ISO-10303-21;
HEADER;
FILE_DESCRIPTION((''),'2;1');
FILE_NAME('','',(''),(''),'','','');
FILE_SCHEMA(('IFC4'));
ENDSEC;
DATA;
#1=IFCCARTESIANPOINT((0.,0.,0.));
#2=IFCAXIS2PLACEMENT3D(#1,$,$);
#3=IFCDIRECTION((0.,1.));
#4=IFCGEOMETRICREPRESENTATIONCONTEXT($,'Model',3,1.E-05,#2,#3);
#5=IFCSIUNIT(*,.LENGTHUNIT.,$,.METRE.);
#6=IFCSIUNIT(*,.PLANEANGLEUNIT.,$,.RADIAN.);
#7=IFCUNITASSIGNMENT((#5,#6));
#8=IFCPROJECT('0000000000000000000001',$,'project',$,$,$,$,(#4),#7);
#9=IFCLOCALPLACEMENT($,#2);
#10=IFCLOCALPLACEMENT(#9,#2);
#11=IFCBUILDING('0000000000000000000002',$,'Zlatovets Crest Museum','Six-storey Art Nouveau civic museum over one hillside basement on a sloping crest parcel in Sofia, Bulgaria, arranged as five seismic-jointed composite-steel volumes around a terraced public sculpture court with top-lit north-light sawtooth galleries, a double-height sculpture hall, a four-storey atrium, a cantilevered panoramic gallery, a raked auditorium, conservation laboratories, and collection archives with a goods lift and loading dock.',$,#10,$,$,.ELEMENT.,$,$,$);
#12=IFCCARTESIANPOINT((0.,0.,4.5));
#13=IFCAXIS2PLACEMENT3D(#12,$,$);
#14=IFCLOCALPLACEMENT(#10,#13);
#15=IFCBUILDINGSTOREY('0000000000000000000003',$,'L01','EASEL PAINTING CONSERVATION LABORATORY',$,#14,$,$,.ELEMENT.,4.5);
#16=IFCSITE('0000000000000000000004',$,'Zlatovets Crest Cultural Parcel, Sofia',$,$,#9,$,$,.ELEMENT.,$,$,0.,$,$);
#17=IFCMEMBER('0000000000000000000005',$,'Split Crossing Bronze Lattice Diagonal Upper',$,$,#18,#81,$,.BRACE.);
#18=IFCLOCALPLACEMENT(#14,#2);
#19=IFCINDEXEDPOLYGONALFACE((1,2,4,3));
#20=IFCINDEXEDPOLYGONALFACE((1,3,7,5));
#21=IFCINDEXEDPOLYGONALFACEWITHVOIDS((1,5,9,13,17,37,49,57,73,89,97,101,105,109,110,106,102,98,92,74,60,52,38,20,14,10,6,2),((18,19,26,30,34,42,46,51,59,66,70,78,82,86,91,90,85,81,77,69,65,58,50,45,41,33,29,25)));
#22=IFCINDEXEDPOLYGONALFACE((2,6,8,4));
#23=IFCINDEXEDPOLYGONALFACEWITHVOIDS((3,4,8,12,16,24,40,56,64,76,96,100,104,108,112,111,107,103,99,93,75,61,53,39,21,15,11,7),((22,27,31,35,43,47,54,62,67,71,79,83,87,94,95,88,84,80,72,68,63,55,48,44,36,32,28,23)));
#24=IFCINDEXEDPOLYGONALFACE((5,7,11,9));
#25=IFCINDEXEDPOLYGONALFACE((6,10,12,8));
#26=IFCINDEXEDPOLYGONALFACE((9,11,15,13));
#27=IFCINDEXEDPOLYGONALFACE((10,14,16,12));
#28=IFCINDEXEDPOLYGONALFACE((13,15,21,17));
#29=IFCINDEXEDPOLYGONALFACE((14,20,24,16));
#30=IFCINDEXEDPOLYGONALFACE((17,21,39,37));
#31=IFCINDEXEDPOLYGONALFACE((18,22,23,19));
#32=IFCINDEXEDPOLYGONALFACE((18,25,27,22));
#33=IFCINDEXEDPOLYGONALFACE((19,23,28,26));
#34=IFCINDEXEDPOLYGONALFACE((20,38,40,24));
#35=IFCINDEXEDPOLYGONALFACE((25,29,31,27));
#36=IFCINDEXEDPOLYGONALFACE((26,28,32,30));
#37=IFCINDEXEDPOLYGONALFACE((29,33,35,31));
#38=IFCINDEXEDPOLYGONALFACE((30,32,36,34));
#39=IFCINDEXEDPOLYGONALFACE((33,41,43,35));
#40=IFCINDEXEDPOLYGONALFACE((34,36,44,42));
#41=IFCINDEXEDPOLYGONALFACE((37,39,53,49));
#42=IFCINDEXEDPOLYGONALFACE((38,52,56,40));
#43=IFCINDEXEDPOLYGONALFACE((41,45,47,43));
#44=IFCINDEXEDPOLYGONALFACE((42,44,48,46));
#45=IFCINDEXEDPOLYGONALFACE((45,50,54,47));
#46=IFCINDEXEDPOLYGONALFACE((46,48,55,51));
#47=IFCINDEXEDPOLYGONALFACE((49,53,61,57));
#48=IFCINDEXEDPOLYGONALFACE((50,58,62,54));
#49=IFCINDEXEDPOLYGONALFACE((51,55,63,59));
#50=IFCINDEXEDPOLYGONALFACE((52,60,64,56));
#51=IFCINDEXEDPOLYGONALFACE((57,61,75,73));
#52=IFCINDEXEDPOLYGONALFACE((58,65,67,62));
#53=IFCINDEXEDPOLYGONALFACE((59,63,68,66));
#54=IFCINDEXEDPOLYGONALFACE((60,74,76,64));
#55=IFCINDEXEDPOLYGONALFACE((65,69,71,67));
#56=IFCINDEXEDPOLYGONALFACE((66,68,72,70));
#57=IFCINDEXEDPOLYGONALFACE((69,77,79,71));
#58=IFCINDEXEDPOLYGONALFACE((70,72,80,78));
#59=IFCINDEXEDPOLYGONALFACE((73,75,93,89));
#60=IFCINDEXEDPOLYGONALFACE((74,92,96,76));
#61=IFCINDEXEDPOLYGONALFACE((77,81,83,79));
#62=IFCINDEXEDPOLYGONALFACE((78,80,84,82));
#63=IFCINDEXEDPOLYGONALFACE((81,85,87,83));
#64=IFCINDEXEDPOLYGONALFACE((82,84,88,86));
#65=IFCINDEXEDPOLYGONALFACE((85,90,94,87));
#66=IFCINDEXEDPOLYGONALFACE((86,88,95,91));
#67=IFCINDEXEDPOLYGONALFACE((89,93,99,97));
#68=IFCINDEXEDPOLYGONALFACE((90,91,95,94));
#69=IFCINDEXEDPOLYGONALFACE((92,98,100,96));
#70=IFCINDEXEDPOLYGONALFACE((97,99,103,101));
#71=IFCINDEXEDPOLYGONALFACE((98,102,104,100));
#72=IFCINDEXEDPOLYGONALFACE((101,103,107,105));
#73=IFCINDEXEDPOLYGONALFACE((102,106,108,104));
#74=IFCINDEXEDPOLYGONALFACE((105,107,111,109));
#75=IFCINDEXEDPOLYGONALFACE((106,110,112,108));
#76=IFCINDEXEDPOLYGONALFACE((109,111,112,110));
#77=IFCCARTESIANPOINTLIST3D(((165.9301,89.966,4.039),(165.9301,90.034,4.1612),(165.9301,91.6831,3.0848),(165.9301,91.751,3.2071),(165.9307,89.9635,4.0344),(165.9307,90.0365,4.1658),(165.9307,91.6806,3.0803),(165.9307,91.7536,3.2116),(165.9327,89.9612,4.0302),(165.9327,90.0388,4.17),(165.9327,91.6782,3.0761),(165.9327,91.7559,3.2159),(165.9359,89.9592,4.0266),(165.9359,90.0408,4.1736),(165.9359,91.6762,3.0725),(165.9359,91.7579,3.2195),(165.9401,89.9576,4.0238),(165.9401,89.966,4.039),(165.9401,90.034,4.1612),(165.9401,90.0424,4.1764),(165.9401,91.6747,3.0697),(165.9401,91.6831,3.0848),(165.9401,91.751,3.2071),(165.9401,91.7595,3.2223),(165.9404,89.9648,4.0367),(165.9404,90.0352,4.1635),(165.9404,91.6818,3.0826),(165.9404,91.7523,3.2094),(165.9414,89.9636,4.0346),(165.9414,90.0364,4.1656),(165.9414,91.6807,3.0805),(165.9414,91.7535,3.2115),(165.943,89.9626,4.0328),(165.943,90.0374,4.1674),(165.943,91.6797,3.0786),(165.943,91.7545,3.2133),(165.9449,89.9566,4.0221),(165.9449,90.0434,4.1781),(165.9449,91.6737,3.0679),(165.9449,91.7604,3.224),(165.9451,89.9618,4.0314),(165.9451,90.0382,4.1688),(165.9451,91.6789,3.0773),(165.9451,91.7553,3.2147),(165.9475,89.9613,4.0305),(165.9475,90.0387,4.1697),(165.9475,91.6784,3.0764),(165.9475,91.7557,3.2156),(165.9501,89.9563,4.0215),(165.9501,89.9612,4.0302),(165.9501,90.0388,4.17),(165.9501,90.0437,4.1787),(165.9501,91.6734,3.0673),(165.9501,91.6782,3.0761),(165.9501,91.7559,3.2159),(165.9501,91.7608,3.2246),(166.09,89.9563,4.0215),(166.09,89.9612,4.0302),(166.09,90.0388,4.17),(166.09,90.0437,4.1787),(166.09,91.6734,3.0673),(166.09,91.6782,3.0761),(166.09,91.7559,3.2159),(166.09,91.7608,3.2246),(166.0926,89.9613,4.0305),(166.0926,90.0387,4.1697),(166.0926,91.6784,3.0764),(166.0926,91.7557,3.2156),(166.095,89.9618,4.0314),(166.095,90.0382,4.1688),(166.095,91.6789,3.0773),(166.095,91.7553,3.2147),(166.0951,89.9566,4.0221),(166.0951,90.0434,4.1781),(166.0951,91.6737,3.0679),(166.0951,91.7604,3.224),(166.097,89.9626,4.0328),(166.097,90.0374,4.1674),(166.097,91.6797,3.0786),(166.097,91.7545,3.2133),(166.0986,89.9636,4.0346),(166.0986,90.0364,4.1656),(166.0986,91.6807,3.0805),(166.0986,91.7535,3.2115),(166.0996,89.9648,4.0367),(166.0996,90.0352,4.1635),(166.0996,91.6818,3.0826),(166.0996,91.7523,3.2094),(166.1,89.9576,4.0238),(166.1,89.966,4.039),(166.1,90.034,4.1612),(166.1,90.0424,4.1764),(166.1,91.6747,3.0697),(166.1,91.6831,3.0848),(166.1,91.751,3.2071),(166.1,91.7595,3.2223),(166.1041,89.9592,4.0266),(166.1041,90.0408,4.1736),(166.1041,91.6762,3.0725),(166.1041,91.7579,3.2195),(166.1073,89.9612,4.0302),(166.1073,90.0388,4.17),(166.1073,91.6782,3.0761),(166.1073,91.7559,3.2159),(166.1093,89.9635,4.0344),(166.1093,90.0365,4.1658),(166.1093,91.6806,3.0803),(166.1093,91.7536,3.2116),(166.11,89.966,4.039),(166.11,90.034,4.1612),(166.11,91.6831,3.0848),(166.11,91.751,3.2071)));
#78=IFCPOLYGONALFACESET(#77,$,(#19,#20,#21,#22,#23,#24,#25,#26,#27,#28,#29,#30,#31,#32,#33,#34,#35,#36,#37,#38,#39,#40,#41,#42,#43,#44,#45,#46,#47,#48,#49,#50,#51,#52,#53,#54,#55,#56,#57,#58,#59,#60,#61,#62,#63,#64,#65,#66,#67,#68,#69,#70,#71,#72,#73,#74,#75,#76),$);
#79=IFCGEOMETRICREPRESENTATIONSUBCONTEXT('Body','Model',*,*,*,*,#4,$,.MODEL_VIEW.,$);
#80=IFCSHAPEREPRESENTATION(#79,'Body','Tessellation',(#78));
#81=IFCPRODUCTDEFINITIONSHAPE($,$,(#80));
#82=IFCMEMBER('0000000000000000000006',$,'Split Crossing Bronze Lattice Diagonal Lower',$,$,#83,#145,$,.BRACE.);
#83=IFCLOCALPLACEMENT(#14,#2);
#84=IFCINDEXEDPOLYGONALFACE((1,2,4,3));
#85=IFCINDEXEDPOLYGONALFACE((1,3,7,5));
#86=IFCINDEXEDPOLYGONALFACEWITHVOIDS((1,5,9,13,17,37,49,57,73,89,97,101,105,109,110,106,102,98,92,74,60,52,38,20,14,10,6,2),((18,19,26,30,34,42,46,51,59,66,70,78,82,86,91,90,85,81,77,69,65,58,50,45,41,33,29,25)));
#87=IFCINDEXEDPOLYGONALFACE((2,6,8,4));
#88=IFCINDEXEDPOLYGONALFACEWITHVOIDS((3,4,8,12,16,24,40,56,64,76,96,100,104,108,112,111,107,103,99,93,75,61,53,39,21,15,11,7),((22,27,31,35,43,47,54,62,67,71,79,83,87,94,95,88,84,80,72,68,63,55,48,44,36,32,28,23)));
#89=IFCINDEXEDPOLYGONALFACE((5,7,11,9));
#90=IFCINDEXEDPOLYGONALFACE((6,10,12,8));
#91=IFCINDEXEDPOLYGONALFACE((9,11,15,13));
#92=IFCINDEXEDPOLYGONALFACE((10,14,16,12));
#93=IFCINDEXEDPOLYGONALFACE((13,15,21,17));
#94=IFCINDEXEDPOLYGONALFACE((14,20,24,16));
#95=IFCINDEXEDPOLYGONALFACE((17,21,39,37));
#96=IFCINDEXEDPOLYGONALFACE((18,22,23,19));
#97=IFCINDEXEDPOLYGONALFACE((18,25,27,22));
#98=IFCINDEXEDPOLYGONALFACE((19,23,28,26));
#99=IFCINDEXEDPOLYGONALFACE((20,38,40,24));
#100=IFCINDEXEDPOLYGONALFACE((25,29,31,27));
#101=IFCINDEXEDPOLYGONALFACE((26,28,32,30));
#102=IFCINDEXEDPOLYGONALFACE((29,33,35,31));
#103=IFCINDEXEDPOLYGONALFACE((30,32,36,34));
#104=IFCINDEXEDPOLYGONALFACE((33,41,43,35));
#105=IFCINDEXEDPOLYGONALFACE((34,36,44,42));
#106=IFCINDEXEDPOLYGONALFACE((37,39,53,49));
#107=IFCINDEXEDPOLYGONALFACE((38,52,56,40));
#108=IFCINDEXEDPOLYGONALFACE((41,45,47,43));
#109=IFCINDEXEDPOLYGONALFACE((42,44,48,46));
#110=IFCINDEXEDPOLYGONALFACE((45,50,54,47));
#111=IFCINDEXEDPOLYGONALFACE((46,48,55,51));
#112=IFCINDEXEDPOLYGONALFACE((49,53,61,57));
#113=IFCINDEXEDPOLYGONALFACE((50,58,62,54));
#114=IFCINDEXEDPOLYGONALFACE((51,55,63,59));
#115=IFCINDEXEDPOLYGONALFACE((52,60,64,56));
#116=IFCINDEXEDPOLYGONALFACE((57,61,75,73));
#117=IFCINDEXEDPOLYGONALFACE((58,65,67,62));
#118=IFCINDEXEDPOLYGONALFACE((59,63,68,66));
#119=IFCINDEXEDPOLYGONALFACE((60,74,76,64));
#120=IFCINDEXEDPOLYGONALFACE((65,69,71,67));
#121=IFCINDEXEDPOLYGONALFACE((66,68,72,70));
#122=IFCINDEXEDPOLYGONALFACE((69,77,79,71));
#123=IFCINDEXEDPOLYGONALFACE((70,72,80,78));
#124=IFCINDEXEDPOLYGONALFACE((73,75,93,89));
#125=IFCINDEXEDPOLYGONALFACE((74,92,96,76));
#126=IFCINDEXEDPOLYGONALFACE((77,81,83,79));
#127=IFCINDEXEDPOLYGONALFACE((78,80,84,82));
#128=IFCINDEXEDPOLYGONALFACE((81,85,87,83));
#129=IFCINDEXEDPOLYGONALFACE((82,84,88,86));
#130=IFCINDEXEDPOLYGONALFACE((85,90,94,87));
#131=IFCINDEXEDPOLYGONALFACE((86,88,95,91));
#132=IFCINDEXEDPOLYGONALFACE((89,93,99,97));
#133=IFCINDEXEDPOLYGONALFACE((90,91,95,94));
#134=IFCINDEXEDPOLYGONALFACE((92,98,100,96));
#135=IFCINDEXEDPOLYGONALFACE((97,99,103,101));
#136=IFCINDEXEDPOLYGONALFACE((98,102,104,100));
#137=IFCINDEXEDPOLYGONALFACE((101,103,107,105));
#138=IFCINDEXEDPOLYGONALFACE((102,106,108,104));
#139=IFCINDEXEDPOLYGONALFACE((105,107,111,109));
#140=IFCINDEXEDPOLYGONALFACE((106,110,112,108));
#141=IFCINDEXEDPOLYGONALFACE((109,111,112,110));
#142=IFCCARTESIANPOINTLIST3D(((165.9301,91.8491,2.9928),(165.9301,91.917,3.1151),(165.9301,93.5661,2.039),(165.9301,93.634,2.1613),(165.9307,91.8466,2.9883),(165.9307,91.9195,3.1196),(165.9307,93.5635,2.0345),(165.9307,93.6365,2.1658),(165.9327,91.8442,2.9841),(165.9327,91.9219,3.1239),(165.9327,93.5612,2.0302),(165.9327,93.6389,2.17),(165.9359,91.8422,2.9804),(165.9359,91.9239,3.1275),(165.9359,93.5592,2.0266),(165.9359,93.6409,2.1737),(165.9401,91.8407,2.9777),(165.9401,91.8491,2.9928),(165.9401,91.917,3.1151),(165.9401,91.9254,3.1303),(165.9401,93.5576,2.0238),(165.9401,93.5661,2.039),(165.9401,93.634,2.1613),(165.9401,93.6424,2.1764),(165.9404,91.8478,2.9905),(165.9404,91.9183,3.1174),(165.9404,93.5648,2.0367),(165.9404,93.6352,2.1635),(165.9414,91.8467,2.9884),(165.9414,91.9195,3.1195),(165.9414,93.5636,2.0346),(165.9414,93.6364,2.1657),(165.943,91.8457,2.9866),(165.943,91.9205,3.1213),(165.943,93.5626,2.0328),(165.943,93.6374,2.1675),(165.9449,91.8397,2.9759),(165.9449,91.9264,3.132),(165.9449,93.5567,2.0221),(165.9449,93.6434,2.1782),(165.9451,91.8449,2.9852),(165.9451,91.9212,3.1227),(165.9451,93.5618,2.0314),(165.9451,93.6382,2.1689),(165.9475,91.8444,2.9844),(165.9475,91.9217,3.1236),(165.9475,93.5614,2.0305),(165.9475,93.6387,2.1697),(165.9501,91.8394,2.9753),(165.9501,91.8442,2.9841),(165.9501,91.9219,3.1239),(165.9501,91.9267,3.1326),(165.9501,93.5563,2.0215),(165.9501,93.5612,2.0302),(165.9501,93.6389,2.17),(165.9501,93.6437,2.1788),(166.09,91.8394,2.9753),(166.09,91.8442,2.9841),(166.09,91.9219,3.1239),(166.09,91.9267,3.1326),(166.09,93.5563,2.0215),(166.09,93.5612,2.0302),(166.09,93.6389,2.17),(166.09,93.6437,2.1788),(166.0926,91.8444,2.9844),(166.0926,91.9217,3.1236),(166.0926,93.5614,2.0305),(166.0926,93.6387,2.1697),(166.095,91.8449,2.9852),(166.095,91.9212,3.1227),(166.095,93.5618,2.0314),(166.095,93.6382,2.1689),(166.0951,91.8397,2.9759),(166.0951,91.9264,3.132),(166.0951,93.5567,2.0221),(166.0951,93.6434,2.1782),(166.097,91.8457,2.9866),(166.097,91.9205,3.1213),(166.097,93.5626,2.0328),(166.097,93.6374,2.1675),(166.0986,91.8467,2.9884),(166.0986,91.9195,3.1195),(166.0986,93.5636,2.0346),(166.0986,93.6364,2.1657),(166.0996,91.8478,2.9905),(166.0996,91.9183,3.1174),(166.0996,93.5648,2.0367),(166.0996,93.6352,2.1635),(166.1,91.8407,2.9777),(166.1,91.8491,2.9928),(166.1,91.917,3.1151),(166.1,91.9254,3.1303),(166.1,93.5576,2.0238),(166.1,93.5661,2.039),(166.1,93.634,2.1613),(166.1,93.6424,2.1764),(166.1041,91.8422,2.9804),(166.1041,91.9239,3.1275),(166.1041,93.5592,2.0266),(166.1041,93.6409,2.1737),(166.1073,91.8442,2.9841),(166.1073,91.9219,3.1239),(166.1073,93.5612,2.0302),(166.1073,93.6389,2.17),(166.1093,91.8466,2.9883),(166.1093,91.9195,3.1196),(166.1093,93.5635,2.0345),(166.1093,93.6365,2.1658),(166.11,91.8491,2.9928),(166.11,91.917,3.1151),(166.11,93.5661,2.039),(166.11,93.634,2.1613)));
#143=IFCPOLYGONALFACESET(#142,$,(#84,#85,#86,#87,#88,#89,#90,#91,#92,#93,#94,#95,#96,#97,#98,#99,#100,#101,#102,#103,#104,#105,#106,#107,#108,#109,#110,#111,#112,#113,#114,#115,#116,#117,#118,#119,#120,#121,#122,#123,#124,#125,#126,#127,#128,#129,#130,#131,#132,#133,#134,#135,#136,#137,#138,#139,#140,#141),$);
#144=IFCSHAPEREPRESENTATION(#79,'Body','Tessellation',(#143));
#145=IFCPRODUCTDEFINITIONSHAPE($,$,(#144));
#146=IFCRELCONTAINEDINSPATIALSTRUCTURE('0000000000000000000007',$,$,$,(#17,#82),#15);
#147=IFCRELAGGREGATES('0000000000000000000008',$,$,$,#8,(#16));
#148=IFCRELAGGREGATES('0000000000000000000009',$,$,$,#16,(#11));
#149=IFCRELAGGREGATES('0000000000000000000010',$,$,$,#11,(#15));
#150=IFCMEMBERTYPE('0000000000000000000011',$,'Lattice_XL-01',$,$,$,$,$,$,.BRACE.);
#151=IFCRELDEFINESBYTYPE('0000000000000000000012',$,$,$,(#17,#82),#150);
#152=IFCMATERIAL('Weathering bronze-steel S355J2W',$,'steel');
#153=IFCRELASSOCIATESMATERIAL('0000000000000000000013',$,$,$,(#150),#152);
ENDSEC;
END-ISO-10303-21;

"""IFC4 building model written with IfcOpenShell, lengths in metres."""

from ifc_helpers import new_model, si_unit, direction, frame, origin, origin_2d, place, context, subcontext, project, spatial, hollow_rectangle, extrude, material, material_profile, profile_set, type_object, element, save


model = new_model("IFC4")

# Units and contexts
model_context = context("Model", 3, precision=1e-05, world=origin(), true_north=direction((0.0, 1.0)))
body_context = subcontext(model_context, "Body", "Model", "MODEL_VIEW")
ifc_project = project(units=[si_unit("LENGTHUNIT", "METRE"), si_unit("PLANEANGLEUNIT", "RADIAN")], contexts=[model_context])

# Site, building, storey
site_placement = place(None, origin())
site = spatial("IfcSite", under=ifc_project, at=site_placement, Name="Zlatovets Crest Cultural Parcel, Sofia", CompositionType="ELEMENT", RefElevation=0.0)
building_placement = place(site_placement, origin())
building = spatial("IfcBuilding", under=site, at=building_placement, Name="Zlatovets Crest Museum", Description="Six-storey Art Nouveau civic museum over one hillside basement on a sloping crest parcel in Sofia, Bulgaria, arranged as five seismic-jointed composite-steel volumes around a terraced public sculpture court with top-lit north-light sawtooth galleries, a double-height sculpture hall, a four-storey atrium, a cantilevered panoramic gallery, a raked auditorium, conservation laboratories, and collection archives with a goods lift and loading dock.", CompositionType="ELEMENT")
storey_placement = place(building_placement, frame((0.0, 0.0, 4.5)))
storey = spatial("IfcBuildingStorey", under=building, at=storey_placement, Name="L01", Description="EASEL PAINTING CONSERVATION LABORATORY", CompositionType="ELEMENT", Elevation=4.5)

# Members
ifc_material_1 = material(Name="Weathering bronze-steel S355J2W", Category="steel")
ifc_material_profile_1 = material_profile(ifc_material_1, hollow_rectangle(XDim=0.1799, YDim=0.1799, WallThickness=0.01, InnerFilletRadius=0.01, OuterFilletRadius=0.02, at=origin_2d()), Name="SHS 180x180x10.0")
ifc_profile_set_1 = profile_set([ifc_material_profile_1], Name="Weathering bronze-steel S355J2W")
member_type_1 = type_object("IfcMemberType", Name="Lattice_XL-01", PredefinedType="BRACE", material=ifc_profile_set_1)
member_1_placement = place(storey_placement, frame((166.02, 90.0, 4.1001), z_axis=(0.0, 0.874116, -0.485717), x_axis=(-1.0, 0.0, 0.0)))
element("IfcMember", 1, at=member_1_placement, inside=storey, type_object=member_type_1, Name="Split Crossing Bronze Lattice Diagonal Upper", PredefinedType="BRACE", context=body_context, shape_type="SweptSolid", body=[
    extrude(hollow_rectangle(XDim=0.1799, YDim=0.1799, WallThickness=0.01, InnerFilletRadius=0.01, OuterFilletRadius=0.02, at=origin_2d()), origin(), (0.0, 0.0, 1.0), 1.9644),
])
member_2_placement = place(storey_placement, frame((166.02, 91.8831, 3.054), z_axis=(0.0, 0.874169, -0.485622), x_axis=(-1.0, 0.0, 0.0)))
element("IfcMember", 2, at=member_2_placement, inside=storey, type_object=member_type_1, Name="Split Crossing Bronze Lattice Diagonal Lower", PredefinedType="BRACE", context=body_context, shape_type="SweptSolid", body=[
    extrude(hollow_rectangle(XDim=0.1799, YDim=0.1799, WallThickness=0.01, InnerFilletRadius=0.01, OuterFilletRadius=0.02, at=origin_2d()), origin(), (0.0, 0.0, 1.0), 1.9641),
])

save(model, "model.ifc")
